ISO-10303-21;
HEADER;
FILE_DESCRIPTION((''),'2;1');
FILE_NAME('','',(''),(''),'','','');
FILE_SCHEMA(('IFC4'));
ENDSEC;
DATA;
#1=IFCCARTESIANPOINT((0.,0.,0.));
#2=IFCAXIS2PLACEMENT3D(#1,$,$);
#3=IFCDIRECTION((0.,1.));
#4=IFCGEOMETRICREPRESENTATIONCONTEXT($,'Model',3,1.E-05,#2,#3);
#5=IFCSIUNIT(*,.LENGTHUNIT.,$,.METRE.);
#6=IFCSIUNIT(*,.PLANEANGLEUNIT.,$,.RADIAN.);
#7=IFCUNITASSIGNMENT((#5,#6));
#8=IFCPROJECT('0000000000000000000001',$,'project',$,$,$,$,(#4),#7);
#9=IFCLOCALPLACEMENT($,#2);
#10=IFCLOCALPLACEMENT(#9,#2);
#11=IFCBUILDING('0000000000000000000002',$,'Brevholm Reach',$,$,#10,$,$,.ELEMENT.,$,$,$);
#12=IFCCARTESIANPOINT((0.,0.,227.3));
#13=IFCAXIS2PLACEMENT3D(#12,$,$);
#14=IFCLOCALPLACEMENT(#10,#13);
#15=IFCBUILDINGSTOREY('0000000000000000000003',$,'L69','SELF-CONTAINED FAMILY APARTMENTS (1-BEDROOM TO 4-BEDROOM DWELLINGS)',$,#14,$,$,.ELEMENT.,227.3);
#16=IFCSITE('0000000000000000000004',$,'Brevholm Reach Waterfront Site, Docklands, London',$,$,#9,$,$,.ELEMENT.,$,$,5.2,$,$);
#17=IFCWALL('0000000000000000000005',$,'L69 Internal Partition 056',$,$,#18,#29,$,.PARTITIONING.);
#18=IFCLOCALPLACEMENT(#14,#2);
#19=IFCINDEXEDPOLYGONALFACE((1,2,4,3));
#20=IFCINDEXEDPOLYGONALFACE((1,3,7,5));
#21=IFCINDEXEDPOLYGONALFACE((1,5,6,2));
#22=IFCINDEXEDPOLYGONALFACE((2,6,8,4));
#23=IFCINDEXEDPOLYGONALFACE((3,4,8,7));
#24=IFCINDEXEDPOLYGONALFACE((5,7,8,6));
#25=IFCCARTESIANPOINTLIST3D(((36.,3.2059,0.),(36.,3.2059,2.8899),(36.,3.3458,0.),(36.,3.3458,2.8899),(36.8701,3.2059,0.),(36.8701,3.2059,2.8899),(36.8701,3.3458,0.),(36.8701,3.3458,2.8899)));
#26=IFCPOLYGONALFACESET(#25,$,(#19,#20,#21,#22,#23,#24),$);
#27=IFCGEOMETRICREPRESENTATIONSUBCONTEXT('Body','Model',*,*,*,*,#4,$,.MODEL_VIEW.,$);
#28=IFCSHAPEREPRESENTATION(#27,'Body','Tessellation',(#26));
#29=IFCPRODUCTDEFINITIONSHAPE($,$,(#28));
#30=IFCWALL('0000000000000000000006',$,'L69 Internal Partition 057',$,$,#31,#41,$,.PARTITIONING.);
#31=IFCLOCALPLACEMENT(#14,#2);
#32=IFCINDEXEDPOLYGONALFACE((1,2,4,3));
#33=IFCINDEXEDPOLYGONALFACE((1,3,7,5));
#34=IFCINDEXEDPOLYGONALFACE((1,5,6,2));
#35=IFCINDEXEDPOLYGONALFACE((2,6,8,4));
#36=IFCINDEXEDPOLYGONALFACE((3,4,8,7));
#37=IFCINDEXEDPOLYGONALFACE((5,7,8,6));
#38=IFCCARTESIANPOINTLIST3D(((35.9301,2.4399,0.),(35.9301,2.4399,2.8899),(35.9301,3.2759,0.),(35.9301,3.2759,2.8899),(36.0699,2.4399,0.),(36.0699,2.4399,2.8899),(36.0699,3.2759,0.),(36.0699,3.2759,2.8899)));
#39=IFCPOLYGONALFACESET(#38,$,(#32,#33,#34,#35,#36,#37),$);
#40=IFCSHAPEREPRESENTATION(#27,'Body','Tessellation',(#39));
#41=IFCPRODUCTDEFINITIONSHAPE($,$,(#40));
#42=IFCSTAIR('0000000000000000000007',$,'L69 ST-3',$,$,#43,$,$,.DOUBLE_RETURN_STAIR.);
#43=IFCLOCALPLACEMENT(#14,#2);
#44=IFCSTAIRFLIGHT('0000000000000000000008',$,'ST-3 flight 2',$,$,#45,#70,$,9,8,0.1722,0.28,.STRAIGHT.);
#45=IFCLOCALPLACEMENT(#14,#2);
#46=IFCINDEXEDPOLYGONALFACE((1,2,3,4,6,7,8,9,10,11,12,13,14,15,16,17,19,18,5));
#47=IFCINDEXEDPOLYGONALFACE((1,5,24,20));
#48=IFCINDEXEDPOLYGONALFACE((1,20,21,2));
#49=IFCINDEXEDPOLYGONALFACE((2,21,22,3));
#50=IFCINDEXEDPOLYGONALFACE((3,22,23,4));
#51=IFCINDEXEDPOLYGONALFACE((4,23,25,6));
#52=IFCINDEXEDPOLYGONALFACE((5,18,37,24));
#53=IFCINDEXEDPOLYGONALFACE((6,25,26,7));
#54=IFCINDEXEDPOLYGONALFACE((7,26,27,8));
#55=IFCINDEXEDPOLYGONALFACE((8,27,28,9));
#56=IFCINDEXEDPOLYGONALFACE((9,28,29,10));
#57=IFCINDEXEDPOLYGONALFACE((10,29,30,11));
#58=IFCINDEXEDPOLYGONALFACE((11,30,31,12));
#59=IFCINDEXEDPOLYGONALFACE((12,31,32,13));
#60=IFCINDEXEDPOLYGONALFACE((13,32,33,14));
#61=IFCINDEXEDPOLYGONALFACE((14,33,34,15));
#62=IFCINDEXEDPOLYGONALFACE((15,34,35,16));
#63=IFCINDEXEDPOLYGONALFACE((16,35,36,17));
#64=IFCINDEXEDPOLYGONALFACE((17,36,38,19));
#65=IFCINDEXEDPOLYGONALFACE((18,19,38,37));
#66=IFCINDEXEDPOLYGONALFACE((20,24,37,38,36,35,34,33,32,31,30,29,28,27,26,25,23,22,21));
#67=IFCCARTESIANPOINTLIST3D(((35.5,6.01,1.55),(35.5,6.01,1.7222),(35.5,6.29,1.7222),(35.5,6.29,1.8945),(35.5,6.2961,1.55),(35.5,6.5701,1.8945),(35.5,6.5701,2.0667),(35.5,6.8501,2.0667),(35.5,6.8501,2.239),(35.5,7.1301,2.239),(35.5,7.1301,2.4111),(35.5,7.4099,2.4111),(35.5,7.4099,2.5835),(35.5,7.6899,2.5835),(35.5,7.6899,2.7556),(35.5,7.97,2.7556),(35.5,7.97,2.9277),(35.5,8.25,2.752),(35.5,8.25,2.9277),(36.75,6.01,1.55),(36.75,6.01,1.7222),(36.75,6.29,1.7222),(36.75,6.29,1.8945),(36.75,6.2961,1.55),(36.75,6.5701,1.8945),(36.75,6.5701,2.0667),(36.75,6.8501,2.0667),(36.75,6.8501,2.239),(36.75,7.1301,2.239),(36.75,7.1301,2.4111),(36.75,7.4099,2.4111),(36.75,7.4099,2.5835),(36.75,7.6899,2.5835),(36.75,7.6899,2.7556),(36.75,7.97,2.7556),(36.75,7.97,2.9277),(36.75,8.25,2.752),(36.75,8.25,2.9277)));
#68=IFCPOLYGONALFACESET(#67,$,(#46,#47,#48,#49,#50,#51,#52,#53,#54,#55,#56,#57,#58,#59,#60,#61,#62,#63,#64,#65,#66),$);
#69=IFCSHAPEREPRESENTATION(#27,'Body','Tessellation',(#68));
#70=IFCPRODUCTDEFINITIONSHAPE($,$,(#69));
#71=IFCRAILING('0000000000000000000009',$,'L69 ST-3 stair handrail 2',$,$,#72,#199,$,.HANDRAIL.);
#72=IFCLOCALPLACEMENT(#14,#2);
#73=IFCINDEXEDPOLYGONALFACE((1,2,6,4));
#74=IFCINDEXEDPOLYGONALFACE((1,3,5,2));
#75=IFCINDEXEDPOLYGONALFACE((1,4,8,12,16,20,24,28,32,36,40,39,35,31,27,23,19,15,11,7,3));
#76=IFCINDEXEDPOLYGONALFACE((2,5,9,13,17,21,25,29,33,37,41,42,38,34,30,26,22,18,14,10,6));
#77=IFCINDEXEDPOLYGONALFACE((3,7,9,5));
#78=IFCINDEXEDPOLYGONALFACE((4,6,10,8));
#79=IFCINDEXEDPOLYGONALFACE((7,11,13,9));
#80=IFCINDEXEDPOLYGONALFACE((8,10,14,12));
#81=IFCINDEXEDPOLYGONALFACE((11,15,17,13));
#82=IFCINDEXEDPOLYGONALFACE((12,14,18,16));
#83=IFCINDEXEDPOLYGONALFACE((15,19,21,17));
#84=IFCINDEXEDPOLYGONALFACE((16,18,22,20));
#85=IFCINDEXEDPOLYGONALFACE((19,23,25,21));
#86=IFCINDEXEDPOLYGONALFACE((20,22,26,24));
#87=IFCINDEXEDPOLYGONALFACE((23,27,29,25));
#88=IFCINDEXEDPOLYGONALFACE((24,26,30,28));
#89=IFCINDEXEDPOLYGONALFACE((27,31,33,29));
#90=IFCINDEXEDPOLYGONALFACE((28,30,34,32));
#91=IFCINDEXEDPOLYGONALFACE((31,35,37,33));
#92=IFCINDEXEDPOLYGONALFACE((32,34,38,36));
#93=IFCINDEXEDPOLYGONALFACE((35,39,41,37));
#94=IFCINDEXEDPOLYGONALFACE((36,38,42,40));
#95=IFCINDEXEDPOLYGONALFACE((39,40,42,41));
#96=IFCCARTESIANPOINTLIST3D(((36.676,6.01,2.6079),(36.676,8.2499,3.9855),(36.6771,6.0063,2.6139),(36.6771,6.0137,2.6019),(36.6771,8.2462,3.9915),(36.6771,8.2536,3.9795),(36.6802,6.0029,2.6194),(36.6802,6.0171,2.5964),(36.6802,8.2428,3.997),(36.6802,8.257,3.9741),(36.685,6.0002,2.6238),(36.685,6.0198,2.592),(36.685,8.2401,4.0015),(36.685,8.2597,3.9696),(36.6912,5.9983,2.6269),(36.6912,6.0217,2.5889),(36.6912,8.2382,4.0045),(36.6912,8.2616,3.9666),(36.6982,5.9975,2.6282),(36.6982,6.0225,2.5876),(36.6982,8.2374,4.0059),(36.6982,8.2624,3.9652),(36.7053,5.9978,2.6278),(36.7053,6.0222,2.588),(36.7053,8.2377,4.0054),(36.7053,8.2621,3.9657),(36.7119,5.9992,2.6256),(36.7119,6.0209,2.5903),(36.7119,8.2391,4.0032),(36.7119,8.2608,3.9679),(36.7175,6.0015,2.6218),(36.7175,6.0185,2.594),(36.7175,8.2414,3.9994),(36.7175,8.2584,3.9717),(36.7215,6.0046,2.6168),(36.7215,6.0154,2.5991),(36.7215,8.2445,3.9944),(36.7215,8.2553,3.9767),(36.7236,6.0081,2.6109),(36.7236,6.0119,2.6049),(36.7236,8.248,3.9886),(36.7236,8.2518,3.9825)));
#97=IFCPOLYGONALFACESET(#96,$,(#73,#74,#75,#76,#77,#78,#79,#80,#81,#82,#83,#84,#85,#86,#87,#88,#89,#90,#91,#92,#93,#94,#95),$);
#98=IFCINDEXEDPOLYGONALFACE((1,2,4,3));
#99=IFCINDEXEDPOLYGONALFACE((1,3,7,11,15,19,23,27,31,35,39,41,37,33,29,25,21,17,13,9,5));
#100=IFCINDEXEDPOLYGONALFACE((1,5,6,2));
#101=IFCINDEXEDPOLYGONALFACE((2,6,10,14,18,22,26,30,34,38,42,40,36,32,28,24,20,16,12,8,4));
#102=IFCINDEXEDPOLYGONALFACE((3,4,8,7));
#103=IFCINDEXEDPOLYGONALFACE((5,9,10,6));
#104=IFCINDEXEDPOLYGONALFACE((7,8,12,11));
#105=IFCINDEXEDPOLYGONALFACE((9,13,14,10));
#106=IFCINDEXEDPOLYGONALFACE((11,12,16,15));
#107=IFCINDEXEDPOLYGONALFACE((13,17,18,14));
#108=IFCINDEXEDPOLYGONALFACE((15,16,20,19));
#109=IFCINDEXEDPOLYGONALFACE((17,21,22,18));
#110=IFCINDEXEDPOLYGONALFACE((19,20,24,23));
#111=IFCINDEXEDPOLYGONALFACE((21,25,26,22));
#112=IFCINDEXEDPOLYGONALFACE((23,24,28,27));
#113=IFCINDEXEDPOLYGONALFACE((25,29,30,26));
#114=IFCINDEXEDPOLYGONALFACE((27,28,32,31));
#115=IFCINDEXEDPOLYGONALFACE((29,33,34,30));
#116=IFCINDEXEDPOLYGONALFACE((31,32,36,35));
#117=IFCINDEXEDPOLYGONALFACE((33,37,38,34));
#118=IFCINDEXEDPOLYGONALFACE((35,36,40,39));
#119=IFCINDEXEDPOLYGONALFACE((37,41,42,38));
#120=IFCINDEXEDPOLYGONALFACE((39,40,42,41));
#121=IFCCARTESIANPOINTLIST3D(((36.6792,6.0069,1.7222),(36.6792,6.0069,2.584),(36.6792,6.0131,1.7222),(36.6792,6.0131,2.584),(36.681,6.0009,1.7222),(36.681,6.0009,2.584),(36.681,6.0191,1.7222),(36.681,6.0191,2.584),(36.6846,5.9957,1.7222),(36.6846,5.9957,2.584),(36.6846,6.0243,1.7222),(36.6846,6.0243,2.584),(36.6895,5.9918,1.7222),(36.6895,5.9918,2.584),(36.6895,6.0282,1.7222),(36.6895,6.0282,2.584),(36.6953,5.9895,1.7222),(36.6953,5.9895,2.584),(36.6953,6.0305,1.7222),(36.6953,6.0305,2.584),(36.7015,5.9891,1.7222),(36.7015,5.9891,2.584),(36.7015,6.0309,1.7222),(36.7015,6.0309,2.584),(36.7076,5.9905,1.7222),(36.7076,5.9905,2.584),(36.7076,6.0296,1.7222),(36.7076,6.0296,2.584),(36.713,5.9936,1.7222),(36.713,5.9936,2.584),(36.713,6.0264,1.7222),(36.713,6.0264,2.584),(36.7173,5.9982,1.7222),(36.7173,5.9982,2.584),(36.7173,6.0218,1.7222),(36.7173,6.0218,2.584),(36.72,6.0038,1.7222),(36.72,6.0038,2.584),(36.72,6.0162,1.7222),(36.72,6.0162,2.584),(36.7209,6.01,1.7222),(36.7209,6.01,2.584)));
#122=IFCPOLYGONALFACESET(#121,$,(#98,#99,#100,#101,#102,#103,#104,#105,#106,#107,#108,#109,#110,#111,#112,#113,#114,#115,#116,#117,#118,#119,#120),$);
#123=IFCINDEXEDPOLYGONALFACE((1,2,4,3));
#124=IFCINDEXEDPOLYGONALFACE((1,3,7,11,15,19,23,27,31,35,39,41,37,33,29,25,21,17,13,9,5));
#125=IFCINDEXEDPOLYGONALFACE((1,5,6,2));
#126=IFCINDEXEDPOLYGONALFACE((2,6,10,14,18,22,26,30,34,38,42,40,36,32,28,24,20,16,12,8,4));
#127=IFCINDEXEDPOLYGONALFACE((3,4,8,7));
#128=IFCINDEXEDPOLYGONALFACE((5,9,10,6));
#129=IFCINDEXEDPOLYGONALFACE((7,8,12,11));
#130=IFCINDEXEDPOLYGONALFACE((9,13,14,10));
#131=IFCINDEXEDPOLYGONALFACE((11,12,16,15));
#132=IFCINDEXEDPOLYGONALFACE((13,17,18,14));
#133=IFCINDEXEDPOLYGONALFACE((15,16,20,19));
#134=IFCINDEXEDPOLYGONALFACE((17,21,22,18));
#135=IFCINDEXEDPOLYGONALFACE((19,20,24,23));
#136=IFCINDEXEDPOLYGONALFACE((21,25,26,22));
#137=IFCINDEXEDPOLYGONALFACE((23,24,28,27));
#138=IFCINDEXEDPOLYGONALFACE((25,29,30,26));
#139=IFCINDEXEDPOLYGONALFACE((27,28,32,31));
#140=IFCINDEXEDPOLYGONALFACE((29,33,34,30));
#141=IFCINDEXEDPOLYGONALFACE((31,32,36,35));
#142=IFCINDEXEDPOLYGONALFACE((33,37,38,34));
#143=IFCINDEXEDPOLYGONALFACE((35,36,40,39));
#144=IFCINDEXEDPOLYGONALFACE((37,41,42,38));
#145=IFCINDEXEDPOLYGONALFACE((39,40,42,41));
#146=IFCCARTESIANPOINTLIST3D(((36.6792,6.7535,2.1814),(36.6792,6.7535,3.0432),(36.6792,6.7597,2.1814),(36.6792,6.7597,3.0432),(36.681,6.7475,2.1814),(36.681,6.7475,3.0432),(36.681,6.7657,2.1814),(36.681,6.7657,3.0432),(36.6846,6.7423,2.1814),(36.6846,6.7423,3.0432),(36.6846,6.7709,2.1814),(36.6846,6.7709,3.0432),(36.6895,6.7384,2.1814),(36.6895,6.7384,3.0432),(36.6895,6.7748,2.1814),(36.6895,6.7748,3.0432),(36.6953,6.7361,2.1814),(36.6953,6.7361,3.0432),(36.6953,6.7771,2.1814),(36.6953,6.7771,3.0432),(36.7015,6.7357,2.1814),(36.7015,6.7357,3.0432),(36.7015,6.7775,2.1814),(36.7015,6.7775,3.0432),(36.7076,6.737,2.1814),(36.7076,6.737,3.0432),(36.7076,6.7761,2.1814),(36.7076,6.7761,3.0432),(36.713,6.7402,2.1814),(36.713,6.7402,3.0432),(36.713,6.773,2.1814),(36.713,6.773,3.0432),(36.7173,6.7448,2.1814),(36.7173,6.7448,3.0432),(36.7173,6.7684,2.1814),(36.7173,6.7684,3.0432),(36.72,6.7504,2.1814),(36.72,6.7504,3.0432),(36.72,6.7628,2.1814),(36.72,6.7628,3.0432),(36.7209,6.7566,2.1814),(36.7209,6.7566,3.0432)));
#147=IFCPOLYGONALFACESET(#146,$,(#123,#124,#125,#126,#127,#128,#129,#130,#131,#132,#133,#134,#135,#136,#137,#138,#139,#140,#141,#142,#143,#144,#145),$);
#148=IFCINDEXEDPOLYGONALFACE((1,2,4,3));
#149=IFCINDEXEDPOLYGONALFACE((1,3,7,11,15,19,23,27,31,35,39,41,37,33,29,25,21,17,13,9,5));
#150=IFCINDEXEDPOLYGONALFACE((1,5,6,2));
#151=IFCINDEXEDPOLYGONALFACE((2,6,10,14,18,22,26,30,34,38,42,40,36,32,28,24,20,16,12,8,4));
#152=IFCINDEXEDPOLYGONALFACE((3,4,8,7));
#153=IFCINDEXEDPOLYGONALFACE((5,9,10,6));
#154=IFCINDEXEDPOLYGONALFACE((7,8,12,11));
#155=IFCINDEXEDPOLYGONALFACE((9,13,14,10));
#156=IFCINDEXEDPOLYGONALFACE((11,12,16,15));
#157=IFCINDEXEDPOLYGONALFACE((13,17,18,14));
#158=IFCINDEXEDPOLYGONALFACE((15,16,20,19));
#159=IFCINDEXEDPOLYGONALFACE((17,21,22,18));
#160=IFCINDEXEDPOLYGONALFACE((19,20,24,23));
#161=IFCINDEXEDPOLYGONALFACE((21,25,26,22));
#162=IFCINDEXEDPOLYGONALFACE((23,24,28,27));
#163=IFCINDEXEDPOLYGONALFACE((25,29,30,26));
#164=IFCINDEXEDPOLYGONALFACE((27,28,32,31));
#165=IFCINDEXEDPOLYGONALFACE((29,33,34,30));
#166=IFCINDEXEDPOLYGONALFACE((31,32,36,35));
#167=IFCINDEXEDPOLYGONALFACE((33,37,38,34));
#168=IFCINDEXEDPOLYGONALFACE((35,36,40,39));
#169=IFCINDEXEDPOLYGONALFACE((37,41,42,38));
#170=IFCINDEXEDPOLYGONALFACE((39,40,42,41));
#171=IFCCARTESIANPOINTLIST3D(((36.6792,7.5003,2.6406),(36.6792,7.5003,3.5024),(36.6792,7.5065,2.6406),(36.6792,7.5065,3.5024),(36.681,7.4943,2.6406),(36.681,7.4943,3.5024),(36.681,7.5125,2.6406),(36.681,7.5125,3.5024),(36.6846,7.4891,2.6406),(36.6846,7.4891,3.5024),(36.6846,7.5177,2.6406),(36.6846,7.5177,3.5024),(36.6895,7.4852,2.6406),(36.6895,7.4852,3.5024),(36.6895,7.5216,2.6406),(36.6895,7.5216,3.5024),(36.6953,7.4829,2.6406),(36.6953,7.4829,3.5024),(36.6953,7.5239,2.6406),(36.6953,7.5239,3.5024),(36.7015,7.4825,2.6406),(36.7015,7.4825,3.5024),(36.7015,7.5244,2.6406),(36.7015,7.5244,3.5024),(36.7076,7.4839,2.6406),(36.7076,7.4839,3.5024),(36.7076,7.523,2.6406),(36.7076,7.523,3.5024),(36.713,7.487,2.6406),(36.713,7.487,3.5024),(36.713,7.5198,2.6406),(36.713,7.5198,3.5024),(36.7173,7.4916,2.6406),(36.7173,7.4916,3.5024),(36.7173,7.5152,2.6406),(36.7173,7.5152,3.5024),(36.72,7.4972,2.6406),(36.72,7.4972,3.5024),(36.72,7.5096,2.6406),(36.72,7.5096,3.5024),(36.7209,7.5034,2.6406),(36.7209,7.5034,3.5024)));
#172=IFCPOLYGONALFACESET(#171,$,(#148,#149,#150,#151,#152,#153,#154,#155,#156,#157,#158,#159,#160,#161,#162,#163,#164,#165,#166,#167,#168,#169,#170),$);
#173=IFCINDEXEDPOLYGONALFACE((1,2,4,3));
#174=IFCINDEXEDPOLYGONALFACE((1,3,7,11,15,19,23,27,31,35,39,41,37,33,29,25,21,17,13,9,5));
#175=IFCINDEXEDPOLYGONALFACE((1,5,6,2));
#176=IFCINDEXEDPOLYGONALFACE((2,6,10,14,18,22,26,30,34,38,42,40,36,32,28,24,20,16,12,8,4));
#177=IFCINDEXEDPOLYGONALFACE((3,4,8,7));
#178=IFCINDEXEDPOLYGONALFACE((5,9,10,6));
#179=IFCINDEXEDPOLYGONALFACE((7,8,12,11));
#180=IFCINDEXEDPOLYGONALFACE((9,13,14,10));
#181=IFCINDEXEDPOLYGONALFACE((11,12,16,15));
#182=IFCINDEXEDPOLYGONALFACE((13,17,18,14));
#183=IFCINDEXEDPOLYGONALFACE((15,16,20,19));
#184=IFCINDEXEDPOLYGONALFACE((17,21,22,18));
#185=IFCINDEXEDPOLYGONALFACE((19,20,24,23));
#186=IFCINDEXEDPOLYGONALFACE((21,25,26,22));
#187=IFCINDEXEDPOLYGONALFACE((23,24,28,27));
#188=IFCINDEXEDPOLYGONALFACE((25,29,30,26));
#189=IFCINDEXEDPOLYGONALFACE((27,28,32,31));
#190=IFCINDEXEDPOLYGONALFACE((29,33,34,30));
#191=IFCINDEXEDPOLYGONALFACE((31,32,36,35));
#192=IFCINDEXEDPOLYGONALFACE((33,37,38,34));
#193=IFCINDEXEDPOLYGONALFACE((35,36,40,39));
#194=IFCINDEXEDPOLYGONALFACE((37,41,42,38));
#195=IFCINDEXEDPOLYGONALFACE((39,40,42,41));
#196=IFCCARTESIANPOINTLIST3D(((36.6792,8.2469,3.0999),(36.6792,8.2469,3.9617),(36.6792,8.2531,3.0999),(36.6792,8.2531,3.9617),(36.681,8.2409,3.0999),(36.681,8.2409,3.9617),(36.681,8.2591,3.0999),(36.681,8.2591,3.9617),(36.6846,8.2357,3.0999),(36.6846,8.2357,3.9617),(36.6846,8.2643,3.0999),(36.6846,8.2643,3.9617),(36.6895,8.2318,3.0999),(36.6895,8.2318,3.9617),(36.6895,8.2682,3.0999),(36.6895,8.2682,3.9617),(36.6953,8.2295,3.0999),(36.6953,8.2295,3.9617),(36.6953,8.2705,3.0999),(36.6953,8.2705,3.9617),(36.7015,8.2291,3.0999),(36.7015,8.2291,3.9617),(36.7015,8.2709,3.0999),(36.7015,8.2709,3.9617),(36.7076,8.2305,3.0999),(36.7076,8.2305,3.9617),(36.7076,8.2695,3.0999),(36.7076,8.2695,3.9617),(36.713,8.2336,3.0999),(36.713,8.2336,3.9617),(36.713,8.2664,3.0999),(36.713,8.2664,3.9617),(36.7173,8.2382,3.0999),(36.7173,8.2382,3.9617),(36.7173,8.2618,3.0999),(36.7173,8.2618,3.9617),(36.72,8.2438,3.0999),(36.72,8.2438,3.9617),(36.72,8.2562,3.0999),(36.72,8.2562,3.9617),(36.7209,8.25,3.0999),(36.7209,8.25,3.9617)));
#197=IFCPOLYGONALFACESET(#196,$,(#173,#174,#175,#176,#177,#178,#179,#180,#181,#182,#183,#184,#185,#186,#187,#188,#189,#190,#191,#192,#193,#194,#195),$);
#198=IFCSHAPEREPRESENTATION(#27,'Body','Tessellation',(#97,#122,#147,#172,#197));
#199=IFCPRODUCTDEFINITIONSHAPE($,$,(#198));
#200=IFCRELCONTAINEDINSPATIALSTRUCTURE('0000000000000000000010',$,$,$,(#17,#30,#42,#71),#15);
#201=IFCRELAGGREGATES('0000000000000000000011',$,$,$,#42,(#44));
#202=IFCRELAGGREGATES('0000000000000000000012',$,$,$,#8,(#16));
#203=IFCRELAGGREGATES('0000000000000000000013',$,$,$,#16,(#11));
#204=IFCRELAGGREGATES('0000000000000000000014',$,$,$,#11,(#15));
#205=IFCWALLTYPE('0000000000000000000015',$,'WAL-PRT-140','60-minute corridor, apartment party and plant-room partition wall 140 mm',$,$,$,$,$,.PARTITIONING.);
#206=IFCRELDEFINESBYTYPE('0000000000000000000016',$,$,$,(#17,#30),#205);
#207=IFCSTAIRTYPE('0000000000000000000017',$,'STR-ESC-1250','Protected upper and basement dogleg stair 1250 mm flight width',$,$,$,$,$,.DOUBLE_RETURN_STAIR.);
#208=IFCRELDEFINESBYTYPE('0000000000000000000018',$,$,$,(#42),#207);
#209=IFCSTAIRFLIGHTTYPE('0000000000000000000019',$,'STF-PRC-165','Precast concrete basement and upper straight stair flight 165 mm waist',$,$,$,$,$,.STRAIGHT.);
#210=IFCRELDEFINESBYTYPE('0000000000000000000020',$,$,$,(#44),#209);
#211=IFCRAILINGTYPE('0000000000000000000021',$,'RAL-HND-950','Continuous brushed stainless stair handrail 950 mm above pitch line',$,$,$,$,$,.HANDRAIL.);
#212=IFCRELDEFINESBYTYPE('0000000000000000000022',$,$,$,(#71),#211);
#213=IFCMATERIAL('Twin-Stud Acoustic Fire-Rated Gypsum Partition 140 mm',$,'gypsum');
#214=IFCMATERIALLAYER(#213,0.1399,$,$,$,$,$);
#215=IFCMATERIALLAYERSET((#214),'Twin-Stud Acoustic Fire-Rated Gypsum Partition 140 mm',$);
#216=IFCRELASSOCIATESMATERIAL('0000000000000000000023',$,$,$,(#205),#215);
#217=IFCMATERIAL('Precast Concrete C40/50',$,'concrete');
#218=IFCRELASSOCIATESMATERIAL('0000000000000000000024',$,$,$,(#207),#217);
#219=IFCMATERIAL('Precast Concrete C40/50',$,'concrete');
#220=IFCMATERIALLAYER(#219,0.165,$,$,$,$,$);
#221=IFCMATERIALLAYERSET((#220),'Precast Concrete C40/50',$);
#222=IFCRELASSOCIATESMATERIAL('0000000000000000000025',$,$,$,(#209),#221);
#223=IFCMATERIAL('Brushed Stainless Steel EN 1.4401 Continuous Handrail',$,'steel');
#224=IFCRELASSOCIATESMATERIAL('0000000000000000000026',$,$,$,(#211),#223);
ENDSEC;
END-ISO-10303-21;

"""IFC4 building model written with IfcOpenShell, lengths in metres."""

from ifc_helpers import new_model, si_unit, direction, frame, frame_2d, origin, origin_2d, place, context, subcontext, project, spatial, polyline, rectangle, circle, outline, extrude, material, layer, layer_set, type_object, element, aggregate, save


model = new_model("IFC4")

# Units and contexts
model_context = context("Model", 3, precision=1e-05, world=origin(), true_north=direction((0.0, 1.0)))
body_context = subcontext(model_context, "Body", "Model", "MODEL_VIEW")
ifc_project = project(units=[si_unit("LENGTHUNIT", "METRE"), si_unit("PLANEANGLEUNIT", "RADIAN")], contexts=[model_context])

# Site, building, storey
site_placement = place(None, origin())
site = spatial("IfcSite", under=ifc_project, at=site_placement, Name="Brevholm Reach Waterfront Site, Docklands, London", CompositionType="ELEMENT", RefElevation=5.2)
building_placement = place(site_placement, origin())
building = spatial("IfcBuilding", under=site, at=building_placement, Name="Brevholm Reach", CompositionType="ELEMENT")
storey_placement = place(building_placement, frame((0.0, 0.0, 227.3)))
storey = spatial("IfcBuildingStorey", under=building, at=storey_placement, Name="L69", Description="SELF-CONTAINED FAMILY APARTMENTS (1-BEDROOM TO 4-BEDROOM DWELLINGS)", CompositionType="ELEMENT", Elevation=227.3)

# Shared definitions
ifc_material_1 = material(Name="Twin-Stud Acoustic Fire-Rated Gypsum Partition 140 mm", Category="gypsum")
ifc_layer_1 = layer(ifc_material_1, 0.1399)
ifc_layer_set_1 = layer_set([ifc_layer_1], Name="Twin-Stud Acoustic Fire-Rated Gypsum Partition 140 mm")
wall_type_1 = type_object("IfcWallType", Name="WAL-PRT-140", Description="60-minute corridor, apartment party and plant-room partition wall 140 mm", PredefinedType="PARTITIONING", material=ifc_layer_set_1)

# Walls
wall_1_placement = place(storey_placement, frame((36.0, 3.2759, 0.0), z_axis=(0.0, 0.0, 1.0), x_axis=(1.0, 0.0, 0.0)))
element("IfcWall", 1, at=wall_1_placement, inside=storey, type_object=wall_type_1, Name="L69 Internal Partition 056", PredefinedType="PARTITIONING", context=body_context, shape_type="SweptSolid", body=[
    extrude(rectangle(XDim=0.8701, YDim=0.1399, at=frame_2d((0.4351, 0.0))), origin(), (0.0, 0.0, 1.0), 2.8899),
])
wall_2_placement = place(storey_placement, frame((36.0, 2.4399, 0.0), z_axis=(0.0, 0.0, 1.0), x_axis=(0.0, 1.0, 0.0)))
element("IfcWall", 2, at=wall_2_placement, inside=storey, type_object=wall_type_1, Name="L69 Internal Partition 057", PredefinedType="PARTITIONING", context=body_context, shape_type="SweptSolid", body=[
    extrude(rectangle(XDim=0.8359, YDim=0.1399, at=frame_2d((0.418, 0.0))), origin(), (0.0, 0.0, 1.0), 2.8899),
])

# Stair, stair flight
ifc_material_2 = material(Name="Precast Concrete C40/50", Category="concrete")
stair_type = type_object("IfcStairType", Name="STR-ESC-1250", Description="Protected upper and basement dogleg stair 1250 mm flight width", PredefinedType="DOUBLE_RETURN_STAIR", material=ifc_material_2)
stair_placement = place(storey_placement, origin())
stair = element("IfcStair", 3, at=stair_placement, inside=storey, type_object=stair_type, Name="L69 ST-3", PredefinedType="DOUBLE_RETURN_STAIR")
ifc_material_3 = material(Name="Precast Concrete C40/50", Category="concrete")
ifc_layer_2 = layer(ifc_material_3, 0.165)
ifc_layer_set_2 = layer_set([ifc_layer_2], Name="Precast Concrete C40/50")
stair_flight_type = type_object("IfcStairFlightType", Name="STF-PRC-165", Description="Precast concrete basement and upper straight stair flight 165 mm waist", PredefinedType="STRAIGHT", material=ifc_layer_set_2)
stair_flight_placement = place(storey_placement, frame((36.125, 6.01, 1.55), z_axis=(0.0, 0.0, 1.0), x_axis=(0.0, 1.0, 0.0)))
stair_flight = element("IfcStairFlight", 4, at=stair_flight_placement, type_object=stair_flight_type, Name="ST-3 flight 2", NumberOfRisers=9, NumberOfTreads=8, PredefinedType="STRAIGHT", RiserHeight=0.1722, TreadLength=0.28, context=body_context, shape_type="SweptSolid", body=[
    extrude(outline(polyline([(0.0, 0.0), (0.0, 0.1721), (0.28, 0.1721), (0.28, 0.3445), (0.5601, 0.3445), (0.5601, 0.5166), (0.8401, 0.5166), (0.8401, 0.689), (1.1201, 0.689), (1.1201, 0.8611), (1.3999, 0.8611), (1.3999, 1.0334), (1.6799, 1.0334), (1.6799, 1.2056), (1.96, 1.2056), (1.96, 1.3777), (2.24, 1.3777), (2.24, 1.55), (2.24, 1.2019), (0.2861, 0.0), (0.0, 0.0)])), frame((0.0, 0.625, 0.0), z_axis=(0.0, -1.0, 0.0), x_axis=(1.0, 0.0, 0.0)), (0.0, 0.0, 1.0), 1.25),
])
aggregate(stair, [stair_flight])

# Railing
ifc_material_4 = material(Name="Brushed Stainless Steel EN 1.4401 Continuous Handrail", Category="steel")
railing_type_1 = type_object("IfcRailingType", Name="RAL-HND-950", Description="Continuous brushed stainless stair handrail 950 mm above pitch line", PredefinedType="HANDRAIL", material=ifc_material_4)
railing_1_placement = place(storey_placement, frame((36.7, 6.01, 1.7222)))
element("IfcRailing", 5, at=railing_1_placement, inside=storey, type_object=railing_type_1, Name="L69 ST-3 stair handrail 2", PredefinedType="HANDRAIL", context=body_context, shape_type="SweptSolid", body=[
    extrude(circle(Radius=0.0239, at=origin_2d()), frame((0.0, 0.0, 0.8857), z_axis=(0.0, 0.851789, 0.523885), x_axis=(-1.0, 0.0, 0.0)), (0.0, 0.0, 1.0), 2.6296),
    extrude(circle(Radius=0.021, at=origin_2d()), origin(), (0.0, 0.0, 1.0), 0.8618),
    extrude(circle(Radius=0.021, at=origin_2d()), frame((0.0, 0.7466, 0.4592)), (0.0, 0.0, 1.0), 0.8618),
    extrude(circle(Radius=0.021, at=origin_2d()), frame((0.0, 1.4934, 0.9185)), (0.0, 0.0, 1.0), 0.8618),
    extrude(circle(Radius=0.021, at=origin_2d()), frame((0.0, 2.24, 1.3777)), (0.0, 0.0, 1.0), 0.8618),
])

save(model, "model.ifc")
